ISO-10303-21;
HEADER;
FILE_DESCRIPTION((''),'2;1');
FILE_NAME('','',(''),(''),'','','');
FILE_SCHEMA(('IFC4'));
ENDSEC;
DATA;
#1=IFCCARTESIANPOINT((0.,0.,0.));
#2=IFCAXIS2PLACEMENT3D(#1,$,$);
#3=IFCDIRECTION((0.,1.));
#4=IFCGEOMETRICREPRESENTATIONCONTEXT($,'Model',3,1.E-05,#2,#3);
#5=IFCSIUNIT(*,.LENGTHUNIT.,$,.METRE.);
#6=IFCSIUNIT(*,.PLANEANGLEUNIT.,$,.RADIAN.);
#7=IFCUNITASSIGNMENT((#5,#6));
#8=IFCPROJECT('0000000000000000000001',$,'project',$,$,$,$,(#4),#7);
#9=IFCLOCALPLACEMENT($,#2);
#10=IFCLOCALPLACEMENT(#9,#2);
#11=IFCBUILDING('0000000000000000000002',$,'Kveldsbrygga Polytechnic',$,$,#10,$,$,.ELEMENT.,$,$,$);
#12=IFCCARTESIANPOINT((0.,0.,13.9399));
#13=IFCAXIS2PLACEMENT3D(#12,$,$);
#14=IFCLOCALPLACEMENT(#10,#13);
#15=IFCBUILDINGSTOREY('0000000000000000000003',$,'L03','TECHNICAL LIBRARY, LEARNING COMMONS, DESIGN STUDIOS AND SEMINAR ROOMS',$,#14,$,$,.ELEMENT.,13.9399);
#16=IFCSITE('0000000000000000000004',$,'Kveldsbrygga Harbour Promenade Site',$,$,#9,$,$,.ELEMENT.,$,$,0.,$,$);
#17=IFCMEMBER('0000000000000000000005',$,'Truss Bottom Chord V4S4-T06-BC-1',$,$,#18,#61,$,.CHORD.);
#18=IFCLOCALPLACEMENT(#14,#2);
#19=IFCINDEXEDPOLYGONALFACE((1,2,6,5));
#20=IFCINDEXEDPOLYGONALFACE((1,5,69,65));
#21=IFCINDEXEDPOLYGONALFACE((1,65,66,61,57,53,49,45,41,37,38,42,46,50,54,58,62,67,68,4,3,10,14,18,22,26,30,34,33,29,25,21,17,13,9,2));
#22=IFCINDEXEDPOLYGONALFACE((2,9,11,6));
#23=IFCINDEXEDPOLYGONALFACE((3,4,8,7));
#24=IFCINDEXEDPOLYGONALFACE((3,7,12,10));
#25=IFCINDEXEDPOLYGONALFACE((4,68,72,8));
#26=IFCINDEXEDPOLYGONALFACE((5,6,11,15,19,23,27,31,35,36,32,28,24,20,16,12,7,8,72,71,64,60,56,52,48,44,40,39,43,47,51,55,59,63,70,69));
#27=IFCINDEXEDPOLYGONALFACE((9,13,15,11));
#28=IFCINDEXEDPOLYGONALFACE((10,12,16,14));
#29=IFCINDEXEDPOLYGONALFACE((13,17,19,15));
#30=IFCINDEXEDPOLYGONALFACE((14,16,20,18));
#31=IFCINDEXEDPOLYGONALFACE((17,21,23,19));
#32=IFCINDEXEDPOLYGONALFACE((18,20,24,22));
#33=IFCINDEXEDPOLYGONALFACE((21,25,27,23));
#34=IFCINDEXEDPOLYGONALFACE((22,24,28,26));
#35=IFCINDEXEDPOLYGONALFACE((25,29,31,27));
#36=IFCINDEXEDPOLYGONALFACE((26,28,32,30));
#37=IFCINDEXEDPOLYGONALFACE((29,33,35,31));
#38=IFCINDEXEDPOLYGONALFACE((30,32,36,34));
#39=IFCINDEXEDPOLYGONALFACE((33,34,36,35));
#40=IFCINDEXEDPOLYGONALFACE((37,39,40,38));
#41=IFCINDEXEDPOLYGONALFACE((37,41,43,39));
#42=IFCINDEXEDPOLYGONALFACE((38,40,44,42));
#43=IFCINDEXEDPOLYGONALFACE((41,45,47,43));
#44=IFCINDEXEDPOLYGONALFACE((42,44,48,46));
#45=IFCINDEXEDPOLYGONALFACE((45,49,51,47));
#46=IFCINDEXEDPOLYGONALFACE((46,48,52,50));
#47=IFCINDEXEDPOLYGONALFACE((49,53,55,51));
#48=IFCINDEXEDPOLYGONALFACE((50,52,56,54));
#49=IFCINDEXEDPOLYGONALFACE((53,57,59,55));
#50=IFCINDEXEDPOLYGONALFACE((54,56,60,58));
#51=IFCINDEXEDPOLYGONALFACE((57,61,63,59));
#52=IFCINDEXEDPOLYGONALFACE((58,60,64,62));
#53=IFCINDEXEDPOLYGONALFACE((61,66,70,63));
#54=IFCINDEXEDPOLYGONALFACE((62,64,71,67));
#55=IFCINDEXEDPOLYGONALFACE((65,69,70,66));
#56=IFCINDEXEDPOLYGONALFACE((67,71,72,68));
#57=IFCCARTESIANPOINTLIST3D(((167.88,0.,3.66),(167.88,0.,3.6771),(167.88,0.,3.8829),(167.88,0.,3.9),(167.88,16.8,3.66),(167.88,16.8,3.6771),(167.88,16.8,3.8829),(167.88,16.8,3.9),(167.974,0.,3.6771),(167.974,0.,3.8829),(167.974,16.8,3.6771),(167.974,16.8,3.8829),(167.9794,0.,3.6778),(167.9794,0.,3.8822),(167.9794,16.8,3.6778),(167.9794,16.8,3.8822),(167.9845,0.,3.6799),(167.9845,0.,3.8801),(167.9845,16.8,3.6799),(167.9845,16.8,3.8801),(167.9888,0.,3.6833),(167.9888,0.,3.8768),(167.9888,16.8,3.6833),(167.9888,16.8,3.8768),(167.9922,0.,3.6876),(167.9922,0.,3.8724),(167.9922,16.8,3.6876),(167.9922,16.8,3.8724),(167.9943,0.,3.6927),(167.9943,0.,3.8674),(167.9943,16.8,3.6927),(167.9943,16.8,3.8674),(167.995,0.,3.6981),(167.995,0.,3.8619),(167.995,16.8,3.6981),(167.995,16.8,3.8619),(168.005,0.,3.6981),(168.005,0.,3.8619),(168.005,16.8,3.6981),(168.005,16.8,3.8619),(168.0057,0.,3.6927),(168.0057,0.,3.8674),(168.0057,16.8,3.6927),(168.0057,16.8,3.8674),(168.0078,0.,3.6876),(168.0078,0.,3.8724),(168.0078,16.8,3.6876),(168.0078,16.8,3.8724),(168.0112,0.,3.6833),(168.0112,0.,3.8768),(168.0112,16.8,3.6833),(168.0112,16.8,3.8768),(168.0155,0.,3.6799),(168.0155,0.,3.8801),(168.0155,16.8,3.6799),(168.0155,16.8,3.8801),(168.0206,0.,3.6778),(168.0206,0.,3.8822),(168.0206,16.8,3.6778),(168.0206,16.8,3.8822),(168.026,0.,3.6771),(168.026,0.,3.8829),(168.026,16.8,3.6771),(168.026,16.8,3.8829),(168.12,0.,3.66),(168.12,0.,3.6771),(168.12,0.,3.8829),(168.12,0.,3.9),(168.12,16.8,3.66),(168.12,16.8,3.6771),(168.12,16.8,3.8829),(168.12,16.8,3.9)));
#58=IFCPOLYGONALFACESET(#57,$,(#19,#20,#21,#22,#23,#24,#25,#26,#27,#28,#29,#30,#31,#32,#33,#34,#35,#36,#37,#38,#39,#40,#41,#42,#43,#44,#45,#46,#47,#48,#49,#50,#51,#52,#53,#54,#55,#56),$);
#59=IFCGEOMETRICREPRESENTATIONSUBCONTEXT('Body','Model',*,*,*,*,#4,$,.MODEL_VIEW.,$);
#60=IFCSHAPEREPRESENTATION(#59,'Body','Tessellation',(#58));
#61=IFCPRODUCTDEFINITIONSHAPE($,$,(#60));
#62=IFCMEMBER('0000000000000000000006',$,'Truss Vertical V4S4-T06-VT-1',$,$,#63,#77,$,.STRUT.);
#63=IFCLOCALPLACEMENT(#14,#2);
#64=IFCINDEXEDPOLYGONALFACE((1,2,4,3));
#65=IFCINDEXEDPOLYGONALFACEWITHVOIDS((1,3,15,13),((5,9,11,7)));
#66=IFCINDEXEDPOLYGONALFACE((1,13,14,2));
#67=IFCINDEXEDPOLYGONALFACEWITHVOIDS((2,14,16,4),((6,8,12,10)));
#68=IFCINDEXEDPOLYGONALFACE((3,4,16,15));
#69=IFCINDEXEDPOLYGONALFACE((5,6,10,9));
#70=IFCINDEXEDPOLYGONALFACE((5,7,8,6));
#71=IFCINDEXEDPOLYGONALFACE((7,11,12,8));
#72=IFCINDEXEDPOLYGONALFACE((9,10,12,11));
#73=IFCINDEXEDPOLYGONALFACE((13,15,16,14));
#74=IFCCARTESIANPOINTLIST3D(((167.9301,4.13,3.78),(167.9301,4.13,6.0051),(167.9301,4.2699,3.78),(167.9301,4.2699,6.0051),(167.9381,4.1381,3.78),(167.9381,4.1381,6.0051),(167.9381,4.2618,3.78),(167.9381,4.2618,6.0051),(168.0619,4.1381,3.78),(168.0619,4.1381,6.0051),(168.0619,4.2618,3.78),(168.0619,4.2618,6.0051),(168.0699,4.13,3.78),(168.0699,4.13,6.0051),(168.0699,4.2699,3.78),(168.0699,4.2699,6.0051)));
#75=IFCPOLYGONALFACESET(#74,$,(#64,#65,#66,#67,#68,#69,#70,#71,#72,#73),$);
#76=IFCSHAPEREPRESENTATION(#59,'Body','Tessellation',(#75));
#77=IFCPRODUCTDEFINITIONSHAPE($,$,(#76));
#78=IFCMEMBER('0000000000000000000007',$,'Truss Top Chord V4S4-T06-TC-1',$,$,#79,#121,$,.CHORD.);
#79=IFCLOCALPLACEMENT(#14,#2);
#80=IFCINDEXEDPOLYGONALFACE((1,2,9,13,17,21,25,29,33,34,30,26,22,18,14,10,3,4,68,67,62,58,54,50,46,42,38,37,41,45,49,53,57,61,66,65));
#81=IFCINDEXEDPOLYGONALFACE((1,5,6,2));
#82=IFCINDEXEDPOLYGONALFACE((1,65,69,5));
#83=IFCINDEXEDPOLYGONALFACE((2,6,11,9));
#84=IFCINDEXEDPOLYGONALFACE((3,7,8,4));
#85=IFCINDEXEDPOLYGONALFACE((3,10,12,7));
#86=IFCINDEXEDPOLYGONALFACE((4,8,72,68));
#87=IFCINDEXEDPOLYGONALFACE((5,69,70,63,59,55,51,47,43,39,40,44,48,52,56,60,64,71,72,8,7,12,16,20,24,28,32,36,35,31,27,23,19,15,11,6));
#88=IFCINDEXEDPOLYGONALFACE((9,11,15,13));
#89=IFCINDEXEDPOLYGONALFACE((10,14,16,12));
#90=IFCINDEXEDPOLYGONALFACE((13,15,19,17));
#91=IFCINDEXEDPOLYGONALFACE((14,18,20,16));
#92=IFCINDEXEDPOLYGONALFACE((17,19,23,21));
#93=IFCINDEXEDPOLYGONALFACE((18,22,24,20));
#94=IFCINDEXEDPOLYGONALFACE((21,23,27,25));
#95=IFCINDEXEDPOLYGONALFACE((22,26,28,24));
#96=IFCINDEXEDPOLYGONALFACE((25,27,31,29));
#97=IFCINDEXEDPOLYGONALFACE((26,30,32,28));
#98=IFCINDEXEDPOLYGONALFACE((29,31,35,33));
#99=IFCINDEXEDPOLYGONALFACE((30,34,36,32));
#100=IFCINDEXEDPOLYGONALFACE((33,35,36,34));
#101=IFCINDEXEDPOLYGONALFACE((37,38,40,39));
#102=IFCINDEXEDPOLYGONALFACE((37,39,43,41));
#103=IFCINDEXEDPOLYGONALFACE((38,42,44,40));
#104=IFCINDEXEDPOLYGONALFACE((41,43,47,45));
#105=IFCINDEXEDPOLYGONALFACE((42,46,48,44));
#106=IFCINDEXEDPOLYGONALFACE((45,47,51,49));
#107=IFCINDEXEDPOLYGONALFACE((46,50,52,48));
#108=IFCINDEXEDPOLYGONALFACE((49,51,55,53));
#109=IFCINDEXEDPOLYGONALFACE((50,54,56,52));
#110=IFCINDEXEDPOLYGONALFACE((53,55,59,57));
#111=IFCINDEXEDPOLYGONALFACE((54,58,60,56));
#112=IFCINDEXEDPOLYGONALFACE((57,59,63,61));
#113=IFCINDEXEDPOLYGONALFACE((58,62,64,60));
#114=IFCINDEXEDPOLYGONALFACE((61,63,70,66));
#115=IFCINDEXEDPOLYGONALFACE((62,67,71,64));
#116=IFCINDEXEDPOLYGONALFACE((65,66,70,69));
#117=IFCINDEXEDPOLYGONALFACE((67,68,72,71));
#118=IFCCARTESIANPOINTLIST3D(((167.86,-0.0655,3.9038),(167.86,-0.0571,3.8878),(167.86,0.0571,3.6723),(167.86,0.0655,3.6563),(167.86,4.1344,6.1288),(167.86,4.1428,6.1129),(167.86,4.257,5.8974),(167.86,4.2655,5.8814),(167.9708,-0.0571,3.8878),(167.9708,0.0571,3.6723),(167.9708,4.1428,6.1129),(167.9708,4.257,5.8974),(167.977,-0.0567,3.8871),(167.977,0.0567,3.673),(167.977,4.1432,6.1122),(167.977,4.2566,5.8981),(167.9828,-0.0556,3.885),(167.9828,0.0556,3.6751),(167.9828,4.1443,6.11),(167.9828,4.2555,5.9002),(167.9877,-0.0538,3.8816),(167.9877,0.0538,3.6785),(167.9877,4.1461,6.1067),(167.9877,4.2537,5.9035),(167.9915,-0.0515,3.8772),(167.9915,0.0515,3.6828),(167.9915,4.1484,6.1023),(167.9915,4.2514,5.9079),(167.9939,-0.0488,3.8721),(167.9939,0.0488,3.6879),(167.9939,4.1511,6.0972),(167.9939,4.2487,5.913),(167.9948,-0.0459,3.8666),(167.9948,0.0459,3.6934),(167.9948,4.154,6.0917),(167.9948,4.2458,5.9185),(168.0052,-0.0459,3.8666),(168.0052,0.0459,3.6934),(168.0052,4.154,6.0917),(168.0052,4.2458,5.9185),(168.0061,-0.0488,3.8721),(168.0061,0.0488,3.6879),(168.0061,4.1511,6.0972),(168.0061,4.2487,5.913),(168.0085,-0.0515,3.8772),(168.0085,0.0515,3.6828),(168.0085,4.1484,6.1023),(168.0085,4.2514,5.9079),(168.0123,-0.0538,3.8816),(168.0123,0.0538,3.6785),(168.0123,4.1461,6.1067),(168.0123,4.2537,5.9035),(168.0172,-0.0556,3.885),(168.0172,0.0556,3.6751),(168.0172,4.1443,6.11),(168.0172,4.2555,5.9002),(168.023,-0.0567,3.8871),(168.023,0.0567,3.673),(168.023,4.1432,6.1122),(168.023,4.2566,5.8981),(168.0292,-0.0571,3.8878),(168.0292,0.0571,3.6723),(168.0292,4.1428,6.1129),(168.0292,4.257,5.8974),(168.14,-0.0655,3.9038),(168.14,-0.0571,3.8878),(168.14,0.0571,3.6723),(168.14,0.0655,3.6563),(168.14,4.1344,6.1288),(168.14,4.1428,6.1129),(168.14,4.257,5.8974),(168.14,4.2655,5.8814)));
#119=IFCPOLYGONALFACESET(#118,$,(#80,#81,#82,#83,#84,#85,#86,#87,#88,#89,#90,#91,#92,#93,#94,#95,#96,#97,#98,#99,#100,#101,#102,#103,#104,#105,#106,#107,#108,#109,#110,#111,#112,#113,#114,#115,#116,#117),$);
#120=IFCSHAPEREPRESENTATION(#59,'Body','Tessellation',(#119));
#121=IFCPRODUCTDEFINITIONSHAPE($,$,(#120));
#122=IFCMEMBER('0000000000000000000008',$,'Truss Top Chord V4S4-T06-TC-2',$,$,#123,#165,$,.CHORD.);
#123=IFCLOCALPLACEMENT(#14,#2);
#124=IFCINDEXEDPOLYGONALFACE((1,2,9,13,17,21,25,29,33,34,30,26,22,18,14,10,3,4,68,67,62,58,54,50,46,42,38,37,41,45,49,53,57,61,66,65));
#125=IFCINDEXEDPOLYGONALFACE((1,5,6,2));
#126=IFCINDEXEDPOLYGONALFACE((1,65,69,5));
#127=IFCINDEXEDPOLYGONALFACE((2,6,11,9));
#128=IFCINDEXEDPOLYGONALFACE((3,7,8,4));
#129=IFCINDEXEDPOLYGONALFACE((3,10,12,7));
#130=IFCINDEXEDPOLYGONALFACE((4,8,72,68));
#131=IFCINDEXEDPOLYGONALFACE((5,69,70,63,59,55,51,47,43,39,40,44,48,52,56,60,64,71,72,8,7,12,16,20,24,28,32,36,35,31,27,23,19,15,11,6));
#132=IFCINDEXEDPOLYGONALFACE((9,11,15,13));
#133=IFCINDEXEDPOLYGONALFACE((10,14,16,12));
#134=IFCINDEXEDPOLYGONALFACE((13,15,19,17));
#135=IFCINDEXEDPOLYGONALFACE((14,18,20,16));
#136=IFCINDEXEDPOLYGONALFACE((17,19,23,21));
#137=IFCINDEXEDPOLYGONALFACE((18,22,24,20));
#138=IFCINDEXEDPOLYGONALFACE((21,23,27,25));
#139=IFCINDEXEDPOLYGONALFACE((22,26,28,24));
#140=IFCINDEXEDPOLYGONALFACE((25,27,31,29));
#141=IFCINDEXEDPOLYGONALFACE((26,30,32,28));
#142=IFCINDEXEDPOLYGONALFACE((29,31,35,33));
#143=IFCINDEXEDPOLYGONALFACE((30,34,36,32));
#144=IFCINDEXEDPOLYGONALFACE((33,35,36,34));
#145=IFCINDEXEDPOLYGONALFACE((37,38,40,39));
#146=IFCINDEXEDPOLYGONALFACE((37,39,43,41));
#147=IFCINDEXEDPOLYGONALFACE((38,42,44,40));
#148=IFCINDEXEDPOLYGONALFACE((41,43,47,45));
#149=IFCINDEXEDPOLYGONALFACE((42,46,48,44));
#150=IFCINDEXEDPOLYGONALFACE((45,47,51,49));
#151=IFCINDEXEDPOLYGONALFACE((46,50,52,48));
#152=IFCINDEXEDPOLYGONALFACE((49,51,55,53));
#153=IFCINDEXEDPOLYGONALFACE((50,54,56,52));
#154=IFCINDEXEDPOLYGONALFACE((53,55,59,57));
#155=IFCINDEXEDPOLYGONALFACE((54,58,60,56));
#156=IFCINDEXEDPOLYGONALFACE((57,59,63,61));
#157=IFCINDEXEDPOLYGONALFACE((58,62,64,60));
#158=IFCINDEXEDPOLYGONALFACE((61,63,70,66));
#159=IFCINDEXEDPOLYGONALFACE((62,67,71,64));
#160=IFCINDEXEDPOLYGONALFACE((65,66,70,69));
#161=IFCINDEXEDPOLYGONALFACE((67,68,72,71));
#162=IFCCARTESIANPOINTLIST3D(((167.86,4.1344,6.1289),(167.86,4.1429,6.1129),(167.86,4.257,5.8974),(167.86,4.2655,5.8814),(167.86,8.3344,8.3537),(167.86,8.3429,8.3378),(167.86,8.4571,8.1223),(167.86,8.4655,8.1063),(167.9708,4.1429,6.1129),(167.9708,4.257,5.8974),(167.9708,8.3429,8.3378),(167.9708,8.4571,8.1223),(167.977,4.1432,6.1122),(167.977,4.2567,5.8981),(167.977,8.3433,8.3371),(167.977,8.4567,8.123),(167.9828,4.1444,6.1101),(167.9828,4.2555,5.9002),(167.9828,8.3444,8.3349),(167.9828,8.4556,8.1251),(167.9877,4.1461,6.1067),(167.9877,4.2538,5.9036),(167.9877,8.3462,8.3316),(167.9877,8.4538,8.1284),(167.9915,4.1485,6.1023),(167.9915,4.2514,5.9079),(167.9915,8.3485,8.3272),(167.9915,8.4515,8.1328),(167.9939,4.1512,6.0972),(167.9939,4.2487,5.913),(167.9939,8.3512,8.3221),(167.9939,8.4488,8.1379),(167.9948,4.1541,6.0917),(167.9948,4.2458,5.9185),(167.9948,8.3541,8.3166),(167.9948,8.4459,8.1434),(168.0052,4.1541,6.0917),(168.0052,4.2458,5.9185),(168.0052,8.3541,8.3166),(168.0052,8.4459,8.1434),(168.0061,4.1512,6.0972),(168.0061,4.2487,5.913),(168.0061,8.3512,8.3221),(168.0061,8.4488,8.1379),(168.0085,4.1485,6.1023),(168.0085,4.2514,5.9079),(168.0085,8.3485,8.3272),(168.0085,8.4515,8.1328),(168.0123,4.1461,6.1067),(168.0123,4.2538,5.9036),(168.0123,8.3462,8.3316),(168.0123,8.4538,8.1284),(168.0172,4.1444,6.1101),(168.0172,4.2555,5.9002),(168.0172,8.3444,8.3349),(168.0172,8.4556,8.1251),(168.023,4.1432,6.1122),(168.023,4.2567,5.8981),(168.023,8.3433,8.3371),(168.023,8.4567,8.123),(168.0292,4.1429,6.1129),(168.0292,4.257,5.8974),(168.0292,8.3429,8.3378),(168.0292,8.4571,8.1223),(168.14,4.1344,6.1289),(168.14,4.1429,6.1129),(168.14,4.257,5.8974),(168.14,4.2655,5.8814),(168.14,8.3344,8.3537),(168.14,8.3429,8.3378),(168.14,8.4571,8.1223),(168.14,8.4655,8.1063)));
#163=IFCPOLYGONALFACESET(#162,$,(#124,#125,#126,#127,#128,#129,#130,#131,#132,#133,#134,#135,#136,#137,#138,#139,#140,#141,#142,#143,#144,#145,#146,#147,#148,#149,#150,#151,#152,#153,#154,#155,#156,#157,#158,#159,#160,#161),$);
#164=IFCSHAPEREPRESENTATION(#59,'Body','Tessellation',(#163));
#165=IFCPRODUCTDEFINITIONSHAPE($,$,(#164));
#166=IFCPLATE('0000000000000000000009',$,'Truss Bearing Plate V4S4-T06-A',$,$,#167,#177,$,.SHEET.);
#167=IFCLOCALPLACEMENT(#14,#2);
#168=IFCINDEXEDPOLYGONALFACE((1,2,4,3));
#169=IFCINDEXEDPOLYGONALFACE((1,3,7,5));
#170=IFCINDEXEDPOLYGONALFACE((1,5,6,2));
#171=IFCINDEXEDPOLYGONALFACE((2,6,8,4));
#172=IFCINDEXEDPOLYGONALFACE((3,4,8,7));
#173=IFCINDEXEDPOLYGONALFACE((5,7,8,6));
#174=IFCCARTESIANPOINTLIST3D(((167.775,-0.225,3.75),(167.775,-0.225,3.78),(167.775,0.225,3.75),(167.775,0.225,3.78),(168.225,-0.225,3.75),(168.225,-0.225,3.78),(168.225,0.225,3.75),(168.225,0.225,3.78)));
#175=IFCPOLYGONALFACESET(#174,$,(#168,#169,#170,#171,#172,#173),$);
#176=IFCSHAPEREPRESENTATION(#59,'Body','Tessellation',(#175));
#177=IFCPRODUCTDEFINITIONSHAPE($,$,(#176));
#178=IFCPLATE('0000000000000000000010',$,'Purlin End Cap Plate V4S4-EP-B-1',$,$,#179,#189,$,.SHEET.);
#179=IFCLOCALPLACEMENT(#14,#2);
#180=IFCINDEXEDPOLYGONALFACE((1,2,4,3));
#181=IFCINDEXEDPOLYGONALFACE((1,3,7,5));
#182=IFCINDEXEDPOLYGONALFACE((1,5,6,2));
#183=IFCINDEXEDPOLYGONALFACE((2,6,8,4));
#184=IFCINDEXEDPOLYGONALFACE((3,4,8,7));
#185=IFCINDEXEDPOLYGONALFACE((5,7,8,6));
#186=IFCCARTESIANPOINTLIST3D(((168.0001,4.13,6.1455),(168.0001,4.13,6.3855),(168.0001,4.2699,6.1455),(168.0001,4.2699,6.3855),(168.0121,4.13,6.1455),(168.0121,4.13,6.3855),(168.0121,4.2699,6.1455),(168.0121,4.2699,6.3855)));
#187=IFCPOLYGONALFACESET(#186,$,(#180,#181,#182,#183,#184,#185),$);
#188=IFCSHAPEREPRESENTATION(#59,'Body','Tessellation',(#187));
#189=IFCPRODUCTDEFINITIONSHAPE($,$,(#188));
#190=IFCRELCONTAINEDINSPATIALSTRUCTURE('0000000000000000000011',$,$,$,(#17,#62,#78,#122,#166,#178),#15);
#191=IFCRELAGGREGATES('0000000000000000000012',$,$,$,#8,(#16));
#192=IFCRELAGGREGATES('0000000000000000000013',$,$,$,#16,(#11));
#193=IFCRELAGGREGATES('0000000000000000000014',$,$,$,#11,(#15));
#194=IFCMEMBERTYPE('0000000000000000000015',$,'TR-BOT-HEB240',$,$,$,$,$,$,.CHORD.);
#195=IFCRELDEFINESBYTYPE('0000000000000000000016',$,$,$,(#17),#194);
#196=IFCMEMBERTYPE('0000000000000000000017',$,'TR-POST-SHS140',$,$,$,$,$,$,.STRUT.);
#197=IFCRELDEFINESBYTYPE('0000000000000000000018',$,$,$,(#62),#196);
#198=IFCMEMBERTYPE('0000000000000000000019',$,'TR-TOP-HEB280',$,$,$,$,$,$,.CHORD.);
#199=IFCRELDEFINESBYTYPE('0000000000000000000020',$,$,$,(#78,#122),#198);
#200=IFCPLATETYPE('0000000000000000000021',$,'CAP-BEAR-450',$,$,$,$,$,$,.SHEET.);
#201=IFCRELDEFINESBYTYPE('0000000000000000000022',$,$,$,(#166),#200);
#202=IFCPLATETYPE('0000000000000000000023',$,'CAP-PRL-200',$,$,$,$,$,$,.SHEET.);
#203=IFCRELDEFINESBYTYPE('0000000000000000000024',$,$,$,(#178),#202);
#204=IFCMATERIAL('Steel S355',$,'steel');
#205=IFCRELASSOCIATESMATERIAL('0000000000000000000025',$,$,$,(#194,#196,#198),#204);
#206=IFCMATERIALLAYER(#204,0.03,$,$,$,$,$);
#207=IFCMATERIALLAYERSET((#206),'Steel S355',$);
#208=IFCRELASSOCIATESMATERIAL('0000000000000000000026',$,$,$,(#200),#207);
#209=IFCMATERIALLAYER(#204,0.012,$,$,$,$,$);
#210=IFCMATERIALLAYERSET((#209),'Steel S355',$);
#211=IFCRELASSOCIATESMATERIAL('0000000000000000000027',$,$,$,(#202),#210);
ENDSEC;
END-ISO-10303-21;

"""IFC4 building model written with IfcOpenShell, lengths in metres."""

from ifc_helpers import new_model, si_unit, direction, frame, origin, origin_2d, place, context, subcontext, project, spatial, rectangle, hollow_rectangle, i_section, extrude, material, layer, layer_set, material_profile, profile_set, type_object, element, save


model = new_model("IFC4")

# Units and contexts
model_context = context("Model", 3, precision=1e-05, world=origin(), true_north=direction((0.0, 1.0)))
body_context = subcontext(model_context, "Body", "Model", "MODEL_VIEW")
ifc_project = project(units=[si_unit("LENGTHUNIT", "METRE"), si_unit("PLANEANGLEUNIT", "RADIAN")], contexts=[model_context])

# Site, building, storey
site_placement = place(None, origin())
site = spatial("IfcSite", under=ifc_project, at=site_placement, Name="Kveldsbrygga Harbour Promenade Site", CompositionType="ELEMENT", RefElevation=0.0)
building_placement = place(site_placement, origin())
building = spatial("IfcBuilding", under=site, at=building_placement, Name="Kveldsbrygga Polytechnic", CompositionType="ELEMENT")
storey_placement = place(building_placement, frame((0.0, 0.0, 13.9399)))
storey = spatial("IfcBuildingStorey", under=building, at=storey_placement, Name="L03", Description="TECHNICAL LIBRARY, LEARNING COMMONS, DESIGN STUDIOS AND SEMINAR ROOMS", CompositionType="ELEMENT", Elevation=13.9399)

# Shared definitions
ifc_material_1 = material(Name="Steel S355", Category="steel")

# Members
ifc_material_profile_1 = material_profile(ifc_material_1, i_section(OverallWidth=0.24, OverallDepth=0.24, WebThickness=0.01, FlangeThickness=0.0171, FilletRadius=0.021, at=origin_2d()), Name="HEB 240")
ifc_profile_set_1 = profile_set([ifc_material_profile_1], Name="Steel S355")
member_type_1 = type_object("IfcMemberType", Name="TR-BOT-HEB240", PredefinedType="CHORD", material=ifc_profile_set_1)
member_1_placement = place(storey_placement, frame((168.0, 0.0, 3.78), z_axis=(0.0, 1.0, 0.0), x_axis=(-1.0, 0.0, 0.0)))
element("IfcMember", 1, at=member_1_placement, inside=storey, type_object=member_type_1, Name="Truss Bottom Chord V4S4-T06-BC-1", PredefinedType="CHORD", context=body_context, shape_type="SweptSolid", body=[
    extrude(i_section(OverallWidth=0.24, OverallDepth=0.24, WebThickness=0.01, FlangeThickness=0.0171, FilletRadius=0.021, at=origin_2d()), origin(), (0.0, 0.0, 1.0), 16.8),
])
ifc_material_profile_2 = material_profile(ifc_material_1, hollow_rectangle(XDim=0.1399, YDim=0.1399, WallThickness=0.0081, at=origin_2d()), Name="SHS 140x140x8.0")
ifc_profile_set_2 = profile_set([ifc_material_profile_2], Name="Steel S355")
member_type_2 = type_object("IfcMemberType", Name="TR-POST-SHS140", PredefinedType="STRUT", material=ifc_profile_set_2)
member_2_placement = place(storey_placement, frame((168.0, 4.2, 3.78), z_axis=(0.0, 0.0, 1.0), x_axis=(1.0, 0.0, 0.0)))
element("IfcMember", 2, at=member_2_placement, inside=storey, type_object=member_type_2, Name="Truss Vertical V4S4-T06-VT-1", PredefinedType="STRUT", context=body_context, shape_type="SweptSolid", body=[
    extrude(hollow_rectangle(XDim=0.1399, YDim=0.1399, WallThickness=0.0081, at=origin_2d()), origin(), (0.0, 0.0, 1.0), 2.2251),
])
ifc_material_profile_3 = material_profile(ifc_material_1, i_section(OverallWidth=0.28, OverallDepth=0.28, WebThickness=0.0105, FlangeThickness=0.0181, FilletRadius=0.0239, at=origin_2d()), Name="HEB 280")
ifc_profile_set_3 = profile_set([ifc_material_profile_3], Name="Steel S355")
member_type_3 = type_object("IfcMemberType", Name="TR-TOP-HEB280", PredefinedType="CHORD", material=ifc_profile_set_3)
for number, where, z_axis, x_axis, name in (
    (3, (168.0, 0.0, 3.78), (0.0, 0.883649, 0.46815), (-1.0, 0.0, 0.0), "Truss Top Chord V4S4-T06-TC-1"),
    (4, (168.0, 4.2, 6.0051), (0.0, 0.88367, 0.46811), (-1.0, 0.0, 0.0), "Truss Top Chord V4S4-T06-TC-2"),
):
    element("IfcMember", number, at=place(storey_placement, frame(where, z_axis=z_axis, x_axis=x_axis)), inside=storey, type_object=member_type_3, Name=name, PredefinedType="CHORD", context=body_context, shape_type="SweptSolid", body=[
        extrude(i_section(OverallWidth=0.28, OverallDepth=0.28, WebThickness=0.0105, FlangeThickness=0.0181, FilletRadius=0.0239, at=origin_2d()), origin(), (0.0, 0.0, 1.0), 4.7529),
    ])

# Plates
ifc_layer_1 = layer(ifc_material_1, 0.03)
ifc_layer_set_1 = layer_set([ifc_layer_1], Name="Steel S355")
plate_type_1 = type_object("IfcPlateType", Name="CAP-BEAR-450", PredefinedType="SHEET", material=ifc_layer_set_1)
plate_1_placement = place(storey_placement, frame((168.0, 0.0, 3.75), z_axis=(0.0, 0.0, 1.0), x_axis=(1.0, 0.0, 0.0)))
element("IfcPlate", 5, at=plate_1_placement, inside=storey, type_object=plate_type_1, Name="Truss Bearing Plate V4S4-T06-A", PredefinedType="SHEET", context=body_context, shape_type="SweptSolid", body=[
    extrude(rectangle(XDim=0.45, YDim=0.45, at=origin_2d()), origin(), (0.0, 0.0, 1.0), 0.03),
])
ifc_layer_2 = layer(ifc_material_1, 0.012)
ifc_layer_set_2 = layer_set([ifc_layer_2], Name="Steel S355")
plate_type_2 = type_object("IfcPlateType", Name="CAP-PRL-200", PredefinedType="SHEET", material=ifc_layer_set_2)
plate_2_placement = place(storey_placement, frame((168.0061, 4.2, 6.1455), z_axis=(0.0, 0.0, 1.0), x_axis=(1.0, 0.0, 0.0)))
element("IfcPlate", 6, at=plate_2_placement, inside=storey, type_object=plate_type_2, Name="Purlin End Cap Plate V4S4-EP-B-1", PredefinedType="SHEET", context=body_context, shape_type="SweptSolid", body=[
    extrude(rectangle(XDim=0.012, YDim=0.1399, at=origin_2d()), origin(), (0.0, 0.0, 1.0), 0.24),
])

save(model, "model.ifc")
